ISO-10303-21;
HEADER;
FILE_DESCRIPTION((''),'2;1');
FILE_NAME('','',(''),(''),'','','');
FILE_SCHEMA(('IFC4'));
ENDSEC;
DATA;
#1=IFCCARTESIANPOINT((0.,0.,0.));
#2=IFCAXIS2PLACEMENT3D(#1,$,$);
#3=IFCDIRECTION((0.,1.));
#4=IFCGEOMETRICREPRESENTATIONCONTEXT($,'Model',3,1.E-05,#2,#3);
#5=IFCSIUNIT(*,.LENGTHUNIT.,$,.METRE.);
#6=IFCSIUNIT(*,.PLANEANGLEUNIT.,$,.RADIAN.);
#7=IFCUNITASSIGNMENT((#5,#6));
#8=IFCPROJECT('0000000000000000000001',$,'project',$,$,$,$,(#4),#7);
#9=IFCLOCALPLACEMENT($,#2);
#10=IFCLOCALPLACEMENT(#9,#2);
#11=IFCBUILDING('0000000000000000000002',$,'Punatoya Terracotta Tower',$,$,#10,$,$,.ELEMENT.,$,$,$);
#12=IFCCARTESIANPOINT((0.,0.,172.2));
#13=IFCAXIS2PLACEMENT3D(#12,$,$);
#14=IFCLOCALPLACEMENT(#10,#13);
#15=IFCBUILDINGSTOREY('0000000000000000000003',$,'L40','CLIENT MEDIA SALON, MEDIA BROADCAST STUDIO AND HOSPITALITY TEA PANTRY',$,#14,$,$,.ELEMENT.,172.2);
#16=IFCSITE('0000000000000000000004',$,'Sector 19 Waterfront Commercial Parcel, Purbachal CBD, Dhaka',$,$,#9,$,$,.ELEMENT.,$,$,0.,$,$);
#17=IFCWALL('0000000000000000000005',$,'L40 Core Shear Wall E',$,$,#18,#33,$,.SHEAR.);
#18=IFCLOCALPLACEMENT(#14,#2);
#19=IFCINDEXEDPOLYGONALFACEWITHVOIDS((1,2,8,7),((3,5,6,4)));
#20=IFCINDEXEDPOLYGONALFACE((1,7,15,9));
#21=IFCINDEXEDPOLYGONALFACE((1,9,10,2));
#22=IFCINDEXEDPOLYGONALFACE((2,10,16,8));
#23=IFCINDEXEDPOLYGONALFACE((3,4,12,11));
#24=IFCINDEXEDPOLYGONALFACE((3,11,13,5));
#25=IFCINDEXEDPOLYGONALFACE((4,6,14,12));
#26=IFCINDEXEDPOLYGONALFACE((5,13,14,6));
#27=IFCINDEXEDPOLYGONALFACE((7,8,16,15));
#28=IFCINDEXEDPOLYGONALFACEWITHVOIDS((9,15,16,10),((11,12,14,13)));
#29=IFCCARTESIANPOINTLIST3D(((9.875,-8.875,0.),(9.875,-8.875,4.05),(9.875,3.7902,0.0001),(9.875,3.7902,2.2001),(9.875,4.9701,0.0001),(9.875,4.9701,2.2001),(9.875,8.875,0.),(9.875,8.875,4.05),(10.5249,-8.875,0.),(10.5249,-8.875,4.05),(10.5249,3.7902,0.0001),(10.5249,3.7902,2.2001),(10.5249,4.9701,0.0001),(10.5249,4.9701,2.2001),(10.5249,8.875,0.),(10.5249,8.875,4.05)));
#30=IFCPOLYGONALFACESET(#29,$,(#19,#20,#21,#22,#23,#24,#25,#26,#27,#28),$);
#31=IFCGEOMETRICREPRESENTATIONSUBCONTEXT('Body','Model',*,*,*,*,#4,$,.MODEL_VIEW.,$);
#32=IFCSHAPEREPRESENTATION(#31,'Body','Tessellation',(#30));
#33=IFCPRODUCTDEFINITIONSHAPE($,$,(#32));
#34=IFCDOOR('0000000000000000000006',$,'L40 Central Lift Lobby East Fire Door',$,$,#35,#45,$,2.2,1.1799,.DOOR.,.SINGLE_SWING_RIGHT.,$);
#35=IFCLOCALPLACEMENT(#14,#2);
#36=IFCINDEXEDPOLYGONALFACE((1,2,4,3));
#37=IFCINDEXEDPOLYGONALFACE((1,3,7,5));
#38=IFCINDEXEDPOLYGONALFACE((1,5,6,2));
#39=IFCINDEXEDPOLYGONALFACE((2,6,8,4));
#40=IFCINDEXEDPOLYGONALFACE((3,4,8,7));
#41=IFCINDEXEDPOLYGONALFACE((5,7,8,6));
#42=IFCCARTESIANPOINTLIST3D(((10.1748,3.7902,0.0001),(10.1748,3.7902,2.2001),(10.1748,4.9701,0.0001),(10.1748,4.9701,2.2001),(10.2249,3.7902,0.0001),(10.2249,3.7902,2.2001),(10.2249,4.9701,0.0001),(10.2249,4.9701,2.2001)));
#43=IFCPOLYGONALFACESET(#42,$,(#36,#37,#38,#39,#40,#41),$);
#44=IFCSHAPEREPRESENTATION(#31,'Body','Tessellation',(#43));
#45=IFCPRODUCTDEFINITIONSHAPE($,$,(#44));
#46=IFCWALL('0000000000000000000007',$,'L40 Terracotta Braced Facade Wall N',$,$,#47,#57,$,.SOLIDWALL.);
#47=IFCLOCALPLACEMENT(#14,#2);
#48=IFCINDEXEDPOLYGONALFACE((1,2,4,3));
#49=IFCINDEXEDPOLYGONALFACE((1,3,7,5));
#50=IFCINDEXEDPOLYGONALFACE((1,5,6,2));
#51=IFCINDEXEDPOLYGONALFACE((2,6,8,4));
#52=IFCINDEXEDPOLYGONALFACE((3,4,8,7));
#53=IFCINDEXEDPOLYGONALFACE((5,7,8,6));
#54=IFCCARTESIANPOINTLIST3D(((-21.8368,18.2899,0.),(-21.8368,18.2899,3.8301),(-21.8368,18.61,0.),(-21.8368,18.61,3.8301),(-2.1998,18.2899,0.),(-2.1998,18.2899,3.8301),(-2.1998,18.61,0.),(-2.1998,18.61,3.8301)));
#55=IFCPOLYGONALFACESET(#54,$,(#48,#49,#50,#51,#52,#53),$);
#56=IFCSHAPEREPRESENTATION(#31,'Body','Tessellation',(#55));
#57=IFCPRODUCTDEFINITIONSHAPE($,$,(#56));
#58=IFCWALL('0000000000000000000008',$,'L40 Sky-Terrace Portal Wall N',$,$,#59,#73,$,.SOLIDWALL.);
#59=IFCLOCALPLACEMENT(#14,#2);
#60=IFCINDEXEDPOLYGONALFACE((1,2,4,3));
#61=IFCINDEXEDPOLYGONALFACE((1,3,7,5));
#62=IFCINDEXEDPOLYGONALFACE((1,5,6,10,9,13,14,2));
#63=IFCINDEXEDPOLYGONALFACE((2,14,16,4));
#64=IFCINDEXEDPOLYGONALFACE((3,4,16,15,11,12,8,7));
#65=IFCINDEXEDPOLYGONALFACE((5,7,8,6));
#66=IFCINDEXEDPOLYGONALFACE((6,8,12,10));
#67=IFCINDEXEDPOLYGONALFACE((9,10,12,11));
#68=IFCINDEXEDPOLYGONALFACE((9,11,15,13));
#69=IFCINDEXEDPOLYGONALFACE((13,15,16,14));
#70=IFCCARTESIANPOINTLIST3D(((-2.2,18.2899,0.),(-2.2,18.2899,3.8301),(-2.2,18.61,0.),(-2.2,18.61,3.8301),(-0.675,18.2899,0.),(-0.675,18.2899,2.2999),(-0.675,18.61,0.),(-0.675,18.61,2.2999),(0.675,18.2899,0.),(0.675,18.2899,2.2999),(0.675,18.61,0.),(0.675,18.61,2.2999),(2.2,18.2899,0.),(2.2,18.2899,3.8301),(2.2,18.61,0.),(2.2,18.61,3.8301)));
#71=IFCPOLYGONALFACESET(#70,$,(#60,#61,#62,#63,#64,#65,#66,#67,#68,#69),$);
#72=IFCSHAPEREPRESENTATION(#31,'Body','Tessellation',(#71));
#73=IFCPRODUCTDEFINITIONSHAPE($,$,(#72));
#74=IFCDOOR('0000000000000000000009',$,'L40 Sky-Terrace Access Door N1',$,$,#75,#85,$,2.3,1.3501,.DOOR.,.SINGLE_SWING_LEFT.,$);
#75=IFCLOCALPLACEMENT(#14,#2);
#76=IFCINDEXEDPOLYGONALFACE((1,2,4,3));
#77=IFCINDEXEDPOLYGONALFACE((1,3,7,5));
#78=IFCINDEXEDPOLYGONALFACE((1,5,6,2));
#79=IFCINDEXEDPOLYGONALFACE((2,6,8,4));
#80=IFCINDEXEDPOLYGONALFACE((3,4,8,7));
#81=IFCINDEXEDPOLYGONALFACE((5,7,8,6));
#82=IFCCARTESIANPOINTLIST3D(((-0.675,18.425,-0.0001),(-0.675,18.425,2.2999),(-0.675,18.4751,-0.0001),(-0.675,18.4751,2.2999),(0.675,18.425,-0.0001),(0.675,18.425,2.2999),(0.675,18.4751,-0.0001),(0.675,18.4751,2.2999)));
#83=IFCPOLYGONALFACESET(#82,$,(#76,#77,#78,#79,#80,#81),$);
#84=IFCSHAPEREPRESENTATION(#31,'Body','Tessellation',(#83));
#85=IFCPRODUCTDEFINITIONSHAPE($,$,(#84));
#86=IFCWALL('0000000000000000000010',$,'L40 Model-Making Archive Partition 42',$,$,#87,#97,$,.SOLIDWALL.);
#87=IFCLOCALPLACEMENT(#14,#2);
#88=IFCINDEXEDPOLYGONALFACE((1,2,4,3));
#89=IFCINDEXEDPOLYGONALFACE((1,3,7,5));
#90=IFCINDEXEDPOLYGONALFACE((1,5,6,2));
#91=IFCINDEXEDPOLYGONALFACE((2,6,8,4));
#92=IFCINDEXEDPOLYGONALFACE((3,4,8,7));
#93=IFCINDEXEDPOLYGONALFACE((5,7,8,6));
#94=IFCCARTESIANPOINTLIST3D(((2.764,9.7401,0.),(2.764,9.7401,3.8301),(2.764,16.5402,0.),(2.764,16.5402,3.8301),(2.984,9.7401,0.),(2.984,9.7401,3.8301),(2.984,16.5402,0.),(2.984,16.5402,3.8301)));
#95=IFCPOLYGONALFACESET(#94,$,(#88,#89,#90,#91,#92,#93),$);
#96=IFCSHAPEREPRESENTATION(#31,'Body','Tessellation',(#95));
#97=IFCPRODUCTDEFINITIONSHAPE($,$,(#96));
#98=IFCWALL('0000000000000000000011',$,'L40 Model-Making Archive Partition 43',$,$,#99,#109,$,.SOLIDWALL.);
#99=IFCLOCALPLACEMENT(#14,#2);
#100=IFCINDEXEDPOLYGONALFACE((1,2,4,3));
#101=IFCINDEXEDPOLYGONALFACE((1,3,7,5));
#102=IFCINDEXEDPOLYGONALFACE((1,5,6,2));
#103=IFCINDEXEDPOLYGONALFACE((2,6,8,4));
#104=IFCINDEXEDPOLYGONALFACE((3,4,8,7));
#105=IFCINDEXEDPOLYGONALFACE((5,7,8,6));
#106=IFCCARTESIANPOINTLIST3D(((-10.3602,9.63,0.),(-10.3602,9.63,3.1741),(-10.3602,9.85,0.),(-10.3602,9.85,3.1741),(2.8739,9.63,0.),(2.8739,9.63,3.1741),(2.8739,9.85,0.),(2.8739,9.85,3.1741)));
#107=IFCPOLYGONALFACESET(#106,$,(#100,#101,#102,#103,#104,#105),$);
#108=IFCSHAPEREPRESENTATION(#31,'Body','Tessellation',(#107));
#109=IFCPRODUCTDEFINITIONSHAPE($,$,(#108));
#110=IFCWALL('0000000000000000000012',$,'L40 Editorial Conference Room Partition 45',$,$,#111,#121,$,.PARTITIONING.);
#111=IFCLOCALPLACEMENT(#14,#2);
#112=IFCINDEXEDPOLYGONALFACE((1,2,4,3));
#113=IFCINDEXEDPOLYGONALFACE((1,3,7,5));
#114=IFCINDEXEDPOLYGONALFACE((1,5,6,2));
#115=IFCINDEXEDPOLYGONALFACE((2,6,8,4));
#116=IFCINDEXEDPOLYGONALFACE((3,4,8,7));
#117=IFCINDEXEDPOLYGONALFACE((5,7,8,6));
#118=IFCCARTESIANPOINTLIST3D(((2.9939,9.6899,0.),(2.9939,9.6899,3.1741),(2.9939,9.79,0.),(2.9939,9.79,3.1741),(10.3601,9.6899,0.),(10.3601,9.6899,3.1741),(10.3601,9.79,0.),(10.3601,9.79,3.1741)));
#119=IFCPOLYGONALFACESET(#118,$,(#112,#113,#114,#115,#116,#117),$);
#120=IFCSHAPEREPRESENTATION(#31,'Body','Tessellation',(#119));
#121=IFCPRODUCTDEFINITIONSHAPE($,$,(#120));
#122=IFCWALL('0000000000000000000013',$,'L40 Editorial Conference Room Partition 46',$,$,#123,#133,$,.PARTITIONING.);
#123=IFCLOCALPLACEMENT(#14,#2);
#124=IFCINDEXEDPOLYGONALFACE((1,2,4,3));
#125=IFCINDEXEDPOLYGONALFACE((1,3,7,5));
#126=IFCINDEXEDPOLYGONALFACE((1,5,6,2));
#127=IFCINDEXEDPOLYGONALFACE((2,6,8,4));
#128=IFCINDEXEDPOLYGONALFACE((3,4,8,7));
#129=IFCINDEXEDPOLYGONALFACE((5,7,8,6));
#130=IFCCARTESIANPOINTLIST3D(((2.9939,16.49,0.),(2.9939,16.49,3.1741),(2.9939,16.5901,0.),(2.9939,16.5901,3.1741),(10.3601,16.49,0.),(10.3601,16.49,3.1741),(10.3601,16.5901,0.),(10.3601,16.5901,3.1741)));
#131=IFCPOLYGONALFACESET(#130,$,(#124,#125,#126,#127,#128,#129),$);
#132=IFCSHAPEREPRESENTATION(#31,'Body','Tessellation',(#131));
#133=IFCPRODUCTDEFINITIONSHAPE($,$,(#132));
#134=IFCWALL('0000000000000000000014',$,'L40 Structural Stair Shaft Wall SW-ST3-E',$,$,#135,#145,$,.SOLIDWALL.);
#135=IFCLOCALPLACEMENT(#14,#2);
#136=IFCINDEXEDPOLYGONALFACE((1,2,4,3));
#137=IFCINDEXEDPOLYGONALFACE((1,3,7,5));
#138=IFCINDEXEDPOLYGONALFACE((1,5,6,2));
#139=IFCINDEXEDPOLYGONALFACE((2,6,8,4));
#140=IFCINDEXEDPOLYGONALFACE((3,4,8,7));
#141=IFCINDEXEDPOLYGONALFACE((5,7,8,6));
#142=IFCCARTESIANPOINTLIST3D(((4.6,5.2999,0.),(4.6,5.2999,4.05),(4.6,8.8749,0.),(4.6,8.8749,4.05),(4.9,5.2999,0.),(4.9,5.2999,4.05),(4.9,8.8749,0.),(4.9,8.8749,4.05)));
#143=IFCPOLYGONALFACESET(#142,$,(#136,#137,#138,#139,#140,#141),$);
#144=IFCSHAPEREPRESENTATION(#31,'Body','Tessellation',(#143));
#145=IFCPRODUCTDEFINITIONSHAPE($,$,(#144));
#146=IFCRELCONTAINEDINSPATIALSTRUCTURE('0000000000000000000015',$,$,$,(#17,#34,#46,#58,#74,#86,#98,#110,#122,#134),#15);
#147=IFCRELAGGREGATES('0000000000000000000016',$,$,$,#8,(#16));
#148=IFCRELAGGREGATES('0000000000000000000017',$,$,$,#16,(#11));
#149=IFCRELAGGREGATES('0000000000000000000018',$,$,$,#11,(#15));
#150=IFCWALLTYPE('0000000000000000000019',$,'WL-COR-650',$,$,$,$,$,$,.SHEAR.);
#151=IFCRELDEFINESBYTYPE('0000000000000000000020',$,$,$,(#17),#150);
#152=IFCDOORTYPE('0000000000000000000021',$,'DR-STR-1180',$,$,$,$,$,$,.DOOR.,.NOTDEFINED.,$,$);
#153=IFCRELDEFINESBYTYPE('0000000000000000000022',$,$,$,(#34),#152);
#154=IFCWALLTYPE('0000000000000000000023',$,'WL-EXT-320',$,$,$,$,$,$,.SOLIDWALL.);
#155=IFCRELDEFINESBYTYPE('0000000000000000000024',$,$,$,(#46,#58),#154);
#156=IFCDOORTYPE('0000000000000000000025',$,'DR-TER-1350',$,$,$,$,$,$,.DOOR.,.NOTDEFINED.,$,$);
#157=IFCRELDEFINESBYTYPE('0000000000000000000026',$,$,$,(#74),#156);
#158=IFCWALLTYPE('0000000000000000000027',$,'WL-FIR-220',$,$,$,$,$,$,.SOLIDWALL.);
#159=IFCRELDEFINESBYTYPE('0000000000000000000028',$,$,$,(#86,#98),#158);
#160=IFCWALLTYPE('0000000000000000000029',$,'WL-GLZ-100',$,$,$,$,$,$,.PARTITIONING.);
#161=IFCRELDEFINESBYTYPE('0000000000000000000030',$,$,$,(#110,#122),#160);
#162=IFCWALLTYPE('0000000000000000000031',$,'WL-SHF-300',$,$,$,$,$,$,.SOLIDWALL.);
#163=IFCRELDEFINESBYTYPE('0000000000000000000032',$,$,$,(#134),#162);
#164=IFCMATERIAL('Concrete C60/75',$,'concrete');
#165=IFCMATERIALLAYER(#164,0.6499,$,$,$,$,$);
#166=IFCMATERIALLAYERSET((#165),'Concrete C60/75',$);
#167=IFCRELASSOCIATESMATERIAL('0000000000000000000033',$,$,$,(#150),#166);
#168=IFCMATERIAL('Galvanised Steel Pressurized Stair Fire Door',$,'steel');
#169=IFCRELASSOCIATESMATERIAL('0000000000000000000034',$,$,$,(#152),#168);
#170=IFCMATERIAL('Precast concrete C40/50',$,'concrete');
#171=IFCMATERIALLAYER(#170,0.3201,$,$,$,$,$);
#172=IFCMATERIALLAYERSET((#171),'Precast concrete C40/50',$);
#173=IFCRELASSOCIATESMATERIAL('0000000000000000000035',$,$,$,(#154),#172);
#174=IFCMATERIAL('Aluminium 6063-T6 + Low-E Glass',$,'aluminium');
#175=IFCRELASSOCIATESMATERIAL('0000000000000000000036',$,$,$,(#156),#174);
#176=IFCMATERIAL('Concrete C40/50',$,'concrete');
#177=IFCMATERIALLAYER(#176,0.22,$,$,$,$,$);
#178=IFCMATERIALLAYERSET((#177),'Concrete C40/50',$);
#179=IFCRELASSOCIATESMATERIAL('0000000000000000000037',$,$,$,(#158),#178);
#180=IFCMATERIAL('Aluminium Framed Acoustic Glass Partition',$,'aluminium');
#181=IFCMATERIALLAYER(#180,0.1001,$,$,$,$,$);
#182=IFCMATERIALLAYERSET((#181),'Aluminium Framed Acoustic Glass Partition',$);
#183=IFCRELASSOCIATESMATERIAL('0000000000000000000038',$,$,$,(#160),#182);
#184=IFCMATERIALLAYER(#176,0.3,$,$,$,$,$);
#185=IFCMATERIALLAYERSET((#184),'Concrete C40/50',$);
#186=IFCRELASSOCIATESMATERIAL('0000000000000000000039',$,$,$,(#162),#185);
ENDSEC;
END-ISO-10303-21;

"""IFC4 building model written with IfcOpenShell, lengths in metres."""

from ifc_helpers import new_model, si_unit, direction, frame, frame_2d, origin, place, context, subcontext, project, spatial, rectangle, extrude, material, layer, layer_set, type_object, element, fill, save


model = new_model("IFC4")

# Units and contexts
model_context = context("Model", 3, precision=1e-05, world=origin(), true_north=direction((0.0, 1.0)))
body_context = subcontext(model_context, "Body", "Model", "MODEL_VIEW")
ifc_project = project(units=[si_unit("LENGTHUNIT", "METRE"), si_unit("PLANEANGLEUNIT", "RADIAN")], contexts=[model_context])

# Site, building, storey
site_placement = place(None, origin())
site = spatial("IfcSite", under=ifc_project, at=site_placement, Name="Sector 19 Waterfront Commercial Parcel, Purbachal CBD, Dhaka", CompositionType="ELEMENT", RefElevation=0.0)
building_placement = place(site_placement, origin())
building = spatial("IfcBuilding", under=site, at=building_placement, Name="Punatoya Terracotta Tower", CompositionType="ELEMENT")
storey_placement = place(building_placement, frame((0.0, 0.0, 172.2)))
storey = spatial("IfcBuildingStorey", under=building, at=storey_placement, Name="L40", Description="CLIENT MEDIA SALON, MEDIA BROADCAST STUDIO AND HOSPITALITY TEA PANTRY", CompositionType="ELEMENT", Elevation=172.2)

# Wall, opening, door
ifc_material_1 = material(Name="Concrete C60/75", Category="concrete")
ifc_layer_1 = layer(ifc_material_1, 0.6499)
ifc_layer_set_1 = layer_set([ifc_layer_1], Name="Concrete C60/75")
wall_type_1 = type_object("IfcWallType", Name="WL-COR-650", PredefinedType="SHEAR", material=ifc_layer_set_1)
wall_1_placement = place(storey_placement, frame((10.2, 8.875, 0.0), z_axis=(0.0, 0.0, 1.0), x_axis=(0.0, -1.0, 0.0)))
wall_1 = element("IfcWall", 1, at=wall_1_placement, inside=storey, type_object=wall_type_1, Name="L40 Core Shear Wall E", PredefinedType="SHEAR", context=body_context, shape_type="SweptSolid", body=[
    extrude(rectangle(XDim=17.75, YDim=0.6499, at=frame_2d((8.875, 0.0))), origin(), (0.0, 0.0, 1.0), 4.05),
])
opening_1_placement = place(wall_1_placement, frame((3.905, 0.0, 0.0)))
opening_1 = element("IfcOpeningElement", 2, at=opening_1_placement, cuts=wall_1, PredefinedType="OPENING", context=body_context, shape_type="SweptSolid", body=[
    extrude(rectangle(XDim=1.1799, YDim=2.2, at=frame_2d((0.5898, 1.1001))), frame((0.0, 0.335, 0.0), z_axis=(0.0, -1.0, 0.0), x_axis=(1.0, 0.0, 0.0)), (0.0, 0.0, 1.0), 0.6699),
])
ifc_material_2 = material(Name="Galvanised Steel Pressurized Stair Fire Door", Category="steel")
door_type_1 = type_object("IfcDoorType", Name="DR-STR-1180", OperationType="NOTDEFINED", PredefinedType="DOOR", material=ifc_material_2)
door_1_placement = place(opening_1_placement, origin())
door_1 = element("IfcDoor", 3, at=door_1_placement, inside=storey, type_object=door_type_1, Name="L40 Central Lift Lobby East Fire Door", OperationType="SINGLE_SWING_RIGHT", OverallHeight=2.2, OverallWidth=1.1799, PredefinedType="DOOR", context=body_context, shape_type="SweptSolid", body=[
    extrude(rectangle(XDim=1.1799, YDim=2.2, at=frame_2d((0.5898, 1.1001))), frame((0.0, 0.0249, 0.0), z_axis=(0.0, -1.0, 0.0), x_axis=(1.0, 0.0, 0.0)), (0.0, 0.0, 1.0), 0.05),
])
fill(opening_1, door_1)

# Wall
ifc_material_3 = material(Name="Precast concrete C40/50", Category="concrete")
ifc_layer_2 = layer(ifc_material_3, 0.3201)
ifc_layer_set_2 = layer_set([ifc_layer_2], Name="Precast concrete C40/50")
wall_type_2 = type_object("IfcWallType", Name="WL-EXT-320", PredefinedType="SOLIDWALL", material=ifc_layer_set_2)
wall_2_placement = place(storey_placement, frame((-2.2, 18.45, 0.0), z_axis=(0.0, 0.0, 1.0), x_axis=(-1.0, 0.0, 0.0)))
element("IfcWall", 4, at=wall_2_placement, inside=storey, type_object=wall_type_2, Name="L40 Terracotta Braced Facade Wall N", PredefinedType="SOLIDWALL", context=body_context, shape_type="SweptSolid", body=[
    extrude(rectangle(XDim=19.637, YDim=0.3201, at=frame_2d((9.8184, 0.0))), origin(), (0.0, 0.0, 1.0), 3.8301),
])

# Wall, opening, door
wall_3_placement = place(storey_placement, frame((2.2, 18.45, 0.0), z_axis=(0.0, 0.0, 1.0), x_axis=(-1.0, 0.0, 0.0)))
wall_3 = element("IfcWall", 5, at=wall_3_placement, inside=storey, type_object=wall_type_2, Name="L40 Sky-Terrace Portal Wall N", PredefinedType="SOLIDWALL", context=body_context, shape_type="SweptSolid", body=[
    extrude(rectangle(XDim=4.3999, YDim=0.3201, at=frame_2d((2.2, 0.0))), origin(), (0.0, 0.0, 1.0), 3.8301),
])
opening_2_placement = place(wall_3_placement, frame((1.5249, 0.0, 0.0)))
opening_2 = element("IfcOpeningElement", 6, at=opening_2_placement, cuts=wall_3, PredefinedType="OPENING", context=body_context, shape_type="SweptSolid", body=[
    extrude(rectangle(XDim=1.3501, YDim=2.3, at=frame_2d((0.675, 1.1499))), frame((0.0, 0.1699, 0.0), z_axis=(0.0, -1.0, 0.0), x_axis=(1.0, 0.0, 0.0)), (0.0, 0.0, 1.0), 0.3401),
])
ifc_material_4 = material(Name="Aluminium 6063-T6 + Low-E Glass", Category="aluminium")
door_type_2 = type_object("IfcDoorType", Name="DR-TER-1350", OperationType="NOTDEFINED", PredefinedType="DOOR", material=ifc_material_4)
door_2_placement = place(opening_2_placement, origin())
door_2 = element("IfcDoor", 7, at=door_2_placement, inside=storey, type_object=door_type_2, Name="L40 Sky-Terrace Access Door N1", OperationType="SINGLE_SWING_LEFT", OverallHeight=2.3, OverallWidth=1.3501, PredefinedType="DOOR", context=body_context, shape_type="SweptSolid", body=[
    extrude(rectangle(XDim=1.3501, YDim=2.3, at=frame_2d((0.675, 1.1499))), frame((0.0, 0.0249, 0.0), z_axis=(0.0, -1.0, 0.0), x_axis=(1.0, 0.0, 0.0)), (0.0, 0.0, 1.0), 0.05),
])
fill(opening_2, door_2)

# Walls
ifc_material_5 = material(Name="Concrete C40/50", Category="concrete")
ifc_layer_3 = layer(ifc_material_5, 0.22)
ifc_layer_set_3 = layer_set([ifc_layer_3], Name="Concrete C40/50")
wall_type_3 = type_object("IfcWallType", Name="WL-FIR-220", PredefinedType="SOLIDWALL", material=ifc_layer_set_3)
wall_4_placement = place(storey_placement, frame((2.874, 16.54, 0.0), z_axis=(0.0, 0.0, 1.0), x_axis=(0.0, -1.0, 0.0)))
element("IfcWall", 8, at=wall_4_placement, inside=storey, type_object=wall_type_3, Name="L40 Model-Making Archive Partition 42", PredefinedType="SOLIDWALL", context=body_context, shape_type="SweptSolid", body=[
    extrude(rectangle(XDim=6.8, YDim=0.22, at=frame_2d((3.3999, 0.0))), origin(), (0.0, 0.0, 1.0), 3.8301),
])
wall_5_placement = place(storey_placement, frame((2.874, 9.74, 0.0), z_axis=(0.0, 0.0, 1.0), x_axis=(-1.0, 0.0, 0.0)))
element("IfcWall", 9, at=wall_5_placement, inside=storey, type_object=wall_type_3, Name="L40 Model-Making Archive Partition 43", PredefinedType="SOLIDWALL", context=body_context, shape_type="SweptSolid", body=[
    extrude(rectangle(XDim=13.2341, YDim=0.22, at=frame_2d((6.6172, 0.0))), origin(), (0.0, 0.0, 1.0), 3.1741),
])
ifc_material_6 = material(Name="Aluminium Framed Acoustic Glass Partition", Category="aluminium")
ifc_layer_4 = layer(ifc_material_6, 0.1001)
ifc_layer_set_4 = layer_set([ifc_layer_4], Name="Aluminium Framed Acoustic Glass Partition")
wall_type_4 = type_object("IfcWallType", Name="WL-GLZ-100", PredefinedType="PARTITIONING", material=ifc_layer_set_4)
for number, where, z_axis, x_axis, name in (
    (10, (10.3601, 9.74, 0.0), (0.0, 0.0, 1.0), (-1.0, 0.0, 0.0), "L40 Editorial Conference Room Partition 45"),
    (11, (2.9939, 16.54, 0.0), (0.0, 0.0, 1.0), (1.0, 0.0, 0.0), "L40 Editorial Conference Room Partition 46"),
):
    element("IfcWall", number, at=place(storey_placement, frame(where, z_axis=z_axis, x_axis=x_axis)), inside=storey, type_object=wall_type_4, Name=name, PredefinedType="PARTITIONING", context=body_context, shape_type="SweptSolid", body=[
        extrude(rectangle(XDim=7.3662, YDim=0.1001, at=frame_2d((3.6831, 0.0))), origin(), (0.0, 0.0, 1.0), 3.1741),
    ])
ifc_layer_5 = layer(ifc_material_5, 0.3)
ifc_layer_set_5 = layer_set([ifc_layer_5], Name="Concrete C40/50")
wall_type_5 = type_object("IfcWallType", Name="WL-SHF-300", PredefinedType="SOLIDWALL", material=ifc_layer_set_5)
wall_6_placement = place(storey_placement, frame((4.75, 8.875, 0.0), z_axis=(0.0, 0.0, 1.0), x_axis=(0.0, -1.0, 0.0)))
element("IfcWall", 12, at=wall_6_placement, inside=storey, type_object=wall_type_5, Name="L40 Structural Stair Shaft Wall SW-ST3-E", PredefinedType="SOLIDWALL", context=body_context, shape_type="SweptSolid", body=[
    extrude(rectangle(XDim=3.575, YDim=0.3, at=frame_2d((1.7876, 0.0))), origin(), (0.0, 0.0, 1.0), 4.05),
])

save(model, "model.ifc")
